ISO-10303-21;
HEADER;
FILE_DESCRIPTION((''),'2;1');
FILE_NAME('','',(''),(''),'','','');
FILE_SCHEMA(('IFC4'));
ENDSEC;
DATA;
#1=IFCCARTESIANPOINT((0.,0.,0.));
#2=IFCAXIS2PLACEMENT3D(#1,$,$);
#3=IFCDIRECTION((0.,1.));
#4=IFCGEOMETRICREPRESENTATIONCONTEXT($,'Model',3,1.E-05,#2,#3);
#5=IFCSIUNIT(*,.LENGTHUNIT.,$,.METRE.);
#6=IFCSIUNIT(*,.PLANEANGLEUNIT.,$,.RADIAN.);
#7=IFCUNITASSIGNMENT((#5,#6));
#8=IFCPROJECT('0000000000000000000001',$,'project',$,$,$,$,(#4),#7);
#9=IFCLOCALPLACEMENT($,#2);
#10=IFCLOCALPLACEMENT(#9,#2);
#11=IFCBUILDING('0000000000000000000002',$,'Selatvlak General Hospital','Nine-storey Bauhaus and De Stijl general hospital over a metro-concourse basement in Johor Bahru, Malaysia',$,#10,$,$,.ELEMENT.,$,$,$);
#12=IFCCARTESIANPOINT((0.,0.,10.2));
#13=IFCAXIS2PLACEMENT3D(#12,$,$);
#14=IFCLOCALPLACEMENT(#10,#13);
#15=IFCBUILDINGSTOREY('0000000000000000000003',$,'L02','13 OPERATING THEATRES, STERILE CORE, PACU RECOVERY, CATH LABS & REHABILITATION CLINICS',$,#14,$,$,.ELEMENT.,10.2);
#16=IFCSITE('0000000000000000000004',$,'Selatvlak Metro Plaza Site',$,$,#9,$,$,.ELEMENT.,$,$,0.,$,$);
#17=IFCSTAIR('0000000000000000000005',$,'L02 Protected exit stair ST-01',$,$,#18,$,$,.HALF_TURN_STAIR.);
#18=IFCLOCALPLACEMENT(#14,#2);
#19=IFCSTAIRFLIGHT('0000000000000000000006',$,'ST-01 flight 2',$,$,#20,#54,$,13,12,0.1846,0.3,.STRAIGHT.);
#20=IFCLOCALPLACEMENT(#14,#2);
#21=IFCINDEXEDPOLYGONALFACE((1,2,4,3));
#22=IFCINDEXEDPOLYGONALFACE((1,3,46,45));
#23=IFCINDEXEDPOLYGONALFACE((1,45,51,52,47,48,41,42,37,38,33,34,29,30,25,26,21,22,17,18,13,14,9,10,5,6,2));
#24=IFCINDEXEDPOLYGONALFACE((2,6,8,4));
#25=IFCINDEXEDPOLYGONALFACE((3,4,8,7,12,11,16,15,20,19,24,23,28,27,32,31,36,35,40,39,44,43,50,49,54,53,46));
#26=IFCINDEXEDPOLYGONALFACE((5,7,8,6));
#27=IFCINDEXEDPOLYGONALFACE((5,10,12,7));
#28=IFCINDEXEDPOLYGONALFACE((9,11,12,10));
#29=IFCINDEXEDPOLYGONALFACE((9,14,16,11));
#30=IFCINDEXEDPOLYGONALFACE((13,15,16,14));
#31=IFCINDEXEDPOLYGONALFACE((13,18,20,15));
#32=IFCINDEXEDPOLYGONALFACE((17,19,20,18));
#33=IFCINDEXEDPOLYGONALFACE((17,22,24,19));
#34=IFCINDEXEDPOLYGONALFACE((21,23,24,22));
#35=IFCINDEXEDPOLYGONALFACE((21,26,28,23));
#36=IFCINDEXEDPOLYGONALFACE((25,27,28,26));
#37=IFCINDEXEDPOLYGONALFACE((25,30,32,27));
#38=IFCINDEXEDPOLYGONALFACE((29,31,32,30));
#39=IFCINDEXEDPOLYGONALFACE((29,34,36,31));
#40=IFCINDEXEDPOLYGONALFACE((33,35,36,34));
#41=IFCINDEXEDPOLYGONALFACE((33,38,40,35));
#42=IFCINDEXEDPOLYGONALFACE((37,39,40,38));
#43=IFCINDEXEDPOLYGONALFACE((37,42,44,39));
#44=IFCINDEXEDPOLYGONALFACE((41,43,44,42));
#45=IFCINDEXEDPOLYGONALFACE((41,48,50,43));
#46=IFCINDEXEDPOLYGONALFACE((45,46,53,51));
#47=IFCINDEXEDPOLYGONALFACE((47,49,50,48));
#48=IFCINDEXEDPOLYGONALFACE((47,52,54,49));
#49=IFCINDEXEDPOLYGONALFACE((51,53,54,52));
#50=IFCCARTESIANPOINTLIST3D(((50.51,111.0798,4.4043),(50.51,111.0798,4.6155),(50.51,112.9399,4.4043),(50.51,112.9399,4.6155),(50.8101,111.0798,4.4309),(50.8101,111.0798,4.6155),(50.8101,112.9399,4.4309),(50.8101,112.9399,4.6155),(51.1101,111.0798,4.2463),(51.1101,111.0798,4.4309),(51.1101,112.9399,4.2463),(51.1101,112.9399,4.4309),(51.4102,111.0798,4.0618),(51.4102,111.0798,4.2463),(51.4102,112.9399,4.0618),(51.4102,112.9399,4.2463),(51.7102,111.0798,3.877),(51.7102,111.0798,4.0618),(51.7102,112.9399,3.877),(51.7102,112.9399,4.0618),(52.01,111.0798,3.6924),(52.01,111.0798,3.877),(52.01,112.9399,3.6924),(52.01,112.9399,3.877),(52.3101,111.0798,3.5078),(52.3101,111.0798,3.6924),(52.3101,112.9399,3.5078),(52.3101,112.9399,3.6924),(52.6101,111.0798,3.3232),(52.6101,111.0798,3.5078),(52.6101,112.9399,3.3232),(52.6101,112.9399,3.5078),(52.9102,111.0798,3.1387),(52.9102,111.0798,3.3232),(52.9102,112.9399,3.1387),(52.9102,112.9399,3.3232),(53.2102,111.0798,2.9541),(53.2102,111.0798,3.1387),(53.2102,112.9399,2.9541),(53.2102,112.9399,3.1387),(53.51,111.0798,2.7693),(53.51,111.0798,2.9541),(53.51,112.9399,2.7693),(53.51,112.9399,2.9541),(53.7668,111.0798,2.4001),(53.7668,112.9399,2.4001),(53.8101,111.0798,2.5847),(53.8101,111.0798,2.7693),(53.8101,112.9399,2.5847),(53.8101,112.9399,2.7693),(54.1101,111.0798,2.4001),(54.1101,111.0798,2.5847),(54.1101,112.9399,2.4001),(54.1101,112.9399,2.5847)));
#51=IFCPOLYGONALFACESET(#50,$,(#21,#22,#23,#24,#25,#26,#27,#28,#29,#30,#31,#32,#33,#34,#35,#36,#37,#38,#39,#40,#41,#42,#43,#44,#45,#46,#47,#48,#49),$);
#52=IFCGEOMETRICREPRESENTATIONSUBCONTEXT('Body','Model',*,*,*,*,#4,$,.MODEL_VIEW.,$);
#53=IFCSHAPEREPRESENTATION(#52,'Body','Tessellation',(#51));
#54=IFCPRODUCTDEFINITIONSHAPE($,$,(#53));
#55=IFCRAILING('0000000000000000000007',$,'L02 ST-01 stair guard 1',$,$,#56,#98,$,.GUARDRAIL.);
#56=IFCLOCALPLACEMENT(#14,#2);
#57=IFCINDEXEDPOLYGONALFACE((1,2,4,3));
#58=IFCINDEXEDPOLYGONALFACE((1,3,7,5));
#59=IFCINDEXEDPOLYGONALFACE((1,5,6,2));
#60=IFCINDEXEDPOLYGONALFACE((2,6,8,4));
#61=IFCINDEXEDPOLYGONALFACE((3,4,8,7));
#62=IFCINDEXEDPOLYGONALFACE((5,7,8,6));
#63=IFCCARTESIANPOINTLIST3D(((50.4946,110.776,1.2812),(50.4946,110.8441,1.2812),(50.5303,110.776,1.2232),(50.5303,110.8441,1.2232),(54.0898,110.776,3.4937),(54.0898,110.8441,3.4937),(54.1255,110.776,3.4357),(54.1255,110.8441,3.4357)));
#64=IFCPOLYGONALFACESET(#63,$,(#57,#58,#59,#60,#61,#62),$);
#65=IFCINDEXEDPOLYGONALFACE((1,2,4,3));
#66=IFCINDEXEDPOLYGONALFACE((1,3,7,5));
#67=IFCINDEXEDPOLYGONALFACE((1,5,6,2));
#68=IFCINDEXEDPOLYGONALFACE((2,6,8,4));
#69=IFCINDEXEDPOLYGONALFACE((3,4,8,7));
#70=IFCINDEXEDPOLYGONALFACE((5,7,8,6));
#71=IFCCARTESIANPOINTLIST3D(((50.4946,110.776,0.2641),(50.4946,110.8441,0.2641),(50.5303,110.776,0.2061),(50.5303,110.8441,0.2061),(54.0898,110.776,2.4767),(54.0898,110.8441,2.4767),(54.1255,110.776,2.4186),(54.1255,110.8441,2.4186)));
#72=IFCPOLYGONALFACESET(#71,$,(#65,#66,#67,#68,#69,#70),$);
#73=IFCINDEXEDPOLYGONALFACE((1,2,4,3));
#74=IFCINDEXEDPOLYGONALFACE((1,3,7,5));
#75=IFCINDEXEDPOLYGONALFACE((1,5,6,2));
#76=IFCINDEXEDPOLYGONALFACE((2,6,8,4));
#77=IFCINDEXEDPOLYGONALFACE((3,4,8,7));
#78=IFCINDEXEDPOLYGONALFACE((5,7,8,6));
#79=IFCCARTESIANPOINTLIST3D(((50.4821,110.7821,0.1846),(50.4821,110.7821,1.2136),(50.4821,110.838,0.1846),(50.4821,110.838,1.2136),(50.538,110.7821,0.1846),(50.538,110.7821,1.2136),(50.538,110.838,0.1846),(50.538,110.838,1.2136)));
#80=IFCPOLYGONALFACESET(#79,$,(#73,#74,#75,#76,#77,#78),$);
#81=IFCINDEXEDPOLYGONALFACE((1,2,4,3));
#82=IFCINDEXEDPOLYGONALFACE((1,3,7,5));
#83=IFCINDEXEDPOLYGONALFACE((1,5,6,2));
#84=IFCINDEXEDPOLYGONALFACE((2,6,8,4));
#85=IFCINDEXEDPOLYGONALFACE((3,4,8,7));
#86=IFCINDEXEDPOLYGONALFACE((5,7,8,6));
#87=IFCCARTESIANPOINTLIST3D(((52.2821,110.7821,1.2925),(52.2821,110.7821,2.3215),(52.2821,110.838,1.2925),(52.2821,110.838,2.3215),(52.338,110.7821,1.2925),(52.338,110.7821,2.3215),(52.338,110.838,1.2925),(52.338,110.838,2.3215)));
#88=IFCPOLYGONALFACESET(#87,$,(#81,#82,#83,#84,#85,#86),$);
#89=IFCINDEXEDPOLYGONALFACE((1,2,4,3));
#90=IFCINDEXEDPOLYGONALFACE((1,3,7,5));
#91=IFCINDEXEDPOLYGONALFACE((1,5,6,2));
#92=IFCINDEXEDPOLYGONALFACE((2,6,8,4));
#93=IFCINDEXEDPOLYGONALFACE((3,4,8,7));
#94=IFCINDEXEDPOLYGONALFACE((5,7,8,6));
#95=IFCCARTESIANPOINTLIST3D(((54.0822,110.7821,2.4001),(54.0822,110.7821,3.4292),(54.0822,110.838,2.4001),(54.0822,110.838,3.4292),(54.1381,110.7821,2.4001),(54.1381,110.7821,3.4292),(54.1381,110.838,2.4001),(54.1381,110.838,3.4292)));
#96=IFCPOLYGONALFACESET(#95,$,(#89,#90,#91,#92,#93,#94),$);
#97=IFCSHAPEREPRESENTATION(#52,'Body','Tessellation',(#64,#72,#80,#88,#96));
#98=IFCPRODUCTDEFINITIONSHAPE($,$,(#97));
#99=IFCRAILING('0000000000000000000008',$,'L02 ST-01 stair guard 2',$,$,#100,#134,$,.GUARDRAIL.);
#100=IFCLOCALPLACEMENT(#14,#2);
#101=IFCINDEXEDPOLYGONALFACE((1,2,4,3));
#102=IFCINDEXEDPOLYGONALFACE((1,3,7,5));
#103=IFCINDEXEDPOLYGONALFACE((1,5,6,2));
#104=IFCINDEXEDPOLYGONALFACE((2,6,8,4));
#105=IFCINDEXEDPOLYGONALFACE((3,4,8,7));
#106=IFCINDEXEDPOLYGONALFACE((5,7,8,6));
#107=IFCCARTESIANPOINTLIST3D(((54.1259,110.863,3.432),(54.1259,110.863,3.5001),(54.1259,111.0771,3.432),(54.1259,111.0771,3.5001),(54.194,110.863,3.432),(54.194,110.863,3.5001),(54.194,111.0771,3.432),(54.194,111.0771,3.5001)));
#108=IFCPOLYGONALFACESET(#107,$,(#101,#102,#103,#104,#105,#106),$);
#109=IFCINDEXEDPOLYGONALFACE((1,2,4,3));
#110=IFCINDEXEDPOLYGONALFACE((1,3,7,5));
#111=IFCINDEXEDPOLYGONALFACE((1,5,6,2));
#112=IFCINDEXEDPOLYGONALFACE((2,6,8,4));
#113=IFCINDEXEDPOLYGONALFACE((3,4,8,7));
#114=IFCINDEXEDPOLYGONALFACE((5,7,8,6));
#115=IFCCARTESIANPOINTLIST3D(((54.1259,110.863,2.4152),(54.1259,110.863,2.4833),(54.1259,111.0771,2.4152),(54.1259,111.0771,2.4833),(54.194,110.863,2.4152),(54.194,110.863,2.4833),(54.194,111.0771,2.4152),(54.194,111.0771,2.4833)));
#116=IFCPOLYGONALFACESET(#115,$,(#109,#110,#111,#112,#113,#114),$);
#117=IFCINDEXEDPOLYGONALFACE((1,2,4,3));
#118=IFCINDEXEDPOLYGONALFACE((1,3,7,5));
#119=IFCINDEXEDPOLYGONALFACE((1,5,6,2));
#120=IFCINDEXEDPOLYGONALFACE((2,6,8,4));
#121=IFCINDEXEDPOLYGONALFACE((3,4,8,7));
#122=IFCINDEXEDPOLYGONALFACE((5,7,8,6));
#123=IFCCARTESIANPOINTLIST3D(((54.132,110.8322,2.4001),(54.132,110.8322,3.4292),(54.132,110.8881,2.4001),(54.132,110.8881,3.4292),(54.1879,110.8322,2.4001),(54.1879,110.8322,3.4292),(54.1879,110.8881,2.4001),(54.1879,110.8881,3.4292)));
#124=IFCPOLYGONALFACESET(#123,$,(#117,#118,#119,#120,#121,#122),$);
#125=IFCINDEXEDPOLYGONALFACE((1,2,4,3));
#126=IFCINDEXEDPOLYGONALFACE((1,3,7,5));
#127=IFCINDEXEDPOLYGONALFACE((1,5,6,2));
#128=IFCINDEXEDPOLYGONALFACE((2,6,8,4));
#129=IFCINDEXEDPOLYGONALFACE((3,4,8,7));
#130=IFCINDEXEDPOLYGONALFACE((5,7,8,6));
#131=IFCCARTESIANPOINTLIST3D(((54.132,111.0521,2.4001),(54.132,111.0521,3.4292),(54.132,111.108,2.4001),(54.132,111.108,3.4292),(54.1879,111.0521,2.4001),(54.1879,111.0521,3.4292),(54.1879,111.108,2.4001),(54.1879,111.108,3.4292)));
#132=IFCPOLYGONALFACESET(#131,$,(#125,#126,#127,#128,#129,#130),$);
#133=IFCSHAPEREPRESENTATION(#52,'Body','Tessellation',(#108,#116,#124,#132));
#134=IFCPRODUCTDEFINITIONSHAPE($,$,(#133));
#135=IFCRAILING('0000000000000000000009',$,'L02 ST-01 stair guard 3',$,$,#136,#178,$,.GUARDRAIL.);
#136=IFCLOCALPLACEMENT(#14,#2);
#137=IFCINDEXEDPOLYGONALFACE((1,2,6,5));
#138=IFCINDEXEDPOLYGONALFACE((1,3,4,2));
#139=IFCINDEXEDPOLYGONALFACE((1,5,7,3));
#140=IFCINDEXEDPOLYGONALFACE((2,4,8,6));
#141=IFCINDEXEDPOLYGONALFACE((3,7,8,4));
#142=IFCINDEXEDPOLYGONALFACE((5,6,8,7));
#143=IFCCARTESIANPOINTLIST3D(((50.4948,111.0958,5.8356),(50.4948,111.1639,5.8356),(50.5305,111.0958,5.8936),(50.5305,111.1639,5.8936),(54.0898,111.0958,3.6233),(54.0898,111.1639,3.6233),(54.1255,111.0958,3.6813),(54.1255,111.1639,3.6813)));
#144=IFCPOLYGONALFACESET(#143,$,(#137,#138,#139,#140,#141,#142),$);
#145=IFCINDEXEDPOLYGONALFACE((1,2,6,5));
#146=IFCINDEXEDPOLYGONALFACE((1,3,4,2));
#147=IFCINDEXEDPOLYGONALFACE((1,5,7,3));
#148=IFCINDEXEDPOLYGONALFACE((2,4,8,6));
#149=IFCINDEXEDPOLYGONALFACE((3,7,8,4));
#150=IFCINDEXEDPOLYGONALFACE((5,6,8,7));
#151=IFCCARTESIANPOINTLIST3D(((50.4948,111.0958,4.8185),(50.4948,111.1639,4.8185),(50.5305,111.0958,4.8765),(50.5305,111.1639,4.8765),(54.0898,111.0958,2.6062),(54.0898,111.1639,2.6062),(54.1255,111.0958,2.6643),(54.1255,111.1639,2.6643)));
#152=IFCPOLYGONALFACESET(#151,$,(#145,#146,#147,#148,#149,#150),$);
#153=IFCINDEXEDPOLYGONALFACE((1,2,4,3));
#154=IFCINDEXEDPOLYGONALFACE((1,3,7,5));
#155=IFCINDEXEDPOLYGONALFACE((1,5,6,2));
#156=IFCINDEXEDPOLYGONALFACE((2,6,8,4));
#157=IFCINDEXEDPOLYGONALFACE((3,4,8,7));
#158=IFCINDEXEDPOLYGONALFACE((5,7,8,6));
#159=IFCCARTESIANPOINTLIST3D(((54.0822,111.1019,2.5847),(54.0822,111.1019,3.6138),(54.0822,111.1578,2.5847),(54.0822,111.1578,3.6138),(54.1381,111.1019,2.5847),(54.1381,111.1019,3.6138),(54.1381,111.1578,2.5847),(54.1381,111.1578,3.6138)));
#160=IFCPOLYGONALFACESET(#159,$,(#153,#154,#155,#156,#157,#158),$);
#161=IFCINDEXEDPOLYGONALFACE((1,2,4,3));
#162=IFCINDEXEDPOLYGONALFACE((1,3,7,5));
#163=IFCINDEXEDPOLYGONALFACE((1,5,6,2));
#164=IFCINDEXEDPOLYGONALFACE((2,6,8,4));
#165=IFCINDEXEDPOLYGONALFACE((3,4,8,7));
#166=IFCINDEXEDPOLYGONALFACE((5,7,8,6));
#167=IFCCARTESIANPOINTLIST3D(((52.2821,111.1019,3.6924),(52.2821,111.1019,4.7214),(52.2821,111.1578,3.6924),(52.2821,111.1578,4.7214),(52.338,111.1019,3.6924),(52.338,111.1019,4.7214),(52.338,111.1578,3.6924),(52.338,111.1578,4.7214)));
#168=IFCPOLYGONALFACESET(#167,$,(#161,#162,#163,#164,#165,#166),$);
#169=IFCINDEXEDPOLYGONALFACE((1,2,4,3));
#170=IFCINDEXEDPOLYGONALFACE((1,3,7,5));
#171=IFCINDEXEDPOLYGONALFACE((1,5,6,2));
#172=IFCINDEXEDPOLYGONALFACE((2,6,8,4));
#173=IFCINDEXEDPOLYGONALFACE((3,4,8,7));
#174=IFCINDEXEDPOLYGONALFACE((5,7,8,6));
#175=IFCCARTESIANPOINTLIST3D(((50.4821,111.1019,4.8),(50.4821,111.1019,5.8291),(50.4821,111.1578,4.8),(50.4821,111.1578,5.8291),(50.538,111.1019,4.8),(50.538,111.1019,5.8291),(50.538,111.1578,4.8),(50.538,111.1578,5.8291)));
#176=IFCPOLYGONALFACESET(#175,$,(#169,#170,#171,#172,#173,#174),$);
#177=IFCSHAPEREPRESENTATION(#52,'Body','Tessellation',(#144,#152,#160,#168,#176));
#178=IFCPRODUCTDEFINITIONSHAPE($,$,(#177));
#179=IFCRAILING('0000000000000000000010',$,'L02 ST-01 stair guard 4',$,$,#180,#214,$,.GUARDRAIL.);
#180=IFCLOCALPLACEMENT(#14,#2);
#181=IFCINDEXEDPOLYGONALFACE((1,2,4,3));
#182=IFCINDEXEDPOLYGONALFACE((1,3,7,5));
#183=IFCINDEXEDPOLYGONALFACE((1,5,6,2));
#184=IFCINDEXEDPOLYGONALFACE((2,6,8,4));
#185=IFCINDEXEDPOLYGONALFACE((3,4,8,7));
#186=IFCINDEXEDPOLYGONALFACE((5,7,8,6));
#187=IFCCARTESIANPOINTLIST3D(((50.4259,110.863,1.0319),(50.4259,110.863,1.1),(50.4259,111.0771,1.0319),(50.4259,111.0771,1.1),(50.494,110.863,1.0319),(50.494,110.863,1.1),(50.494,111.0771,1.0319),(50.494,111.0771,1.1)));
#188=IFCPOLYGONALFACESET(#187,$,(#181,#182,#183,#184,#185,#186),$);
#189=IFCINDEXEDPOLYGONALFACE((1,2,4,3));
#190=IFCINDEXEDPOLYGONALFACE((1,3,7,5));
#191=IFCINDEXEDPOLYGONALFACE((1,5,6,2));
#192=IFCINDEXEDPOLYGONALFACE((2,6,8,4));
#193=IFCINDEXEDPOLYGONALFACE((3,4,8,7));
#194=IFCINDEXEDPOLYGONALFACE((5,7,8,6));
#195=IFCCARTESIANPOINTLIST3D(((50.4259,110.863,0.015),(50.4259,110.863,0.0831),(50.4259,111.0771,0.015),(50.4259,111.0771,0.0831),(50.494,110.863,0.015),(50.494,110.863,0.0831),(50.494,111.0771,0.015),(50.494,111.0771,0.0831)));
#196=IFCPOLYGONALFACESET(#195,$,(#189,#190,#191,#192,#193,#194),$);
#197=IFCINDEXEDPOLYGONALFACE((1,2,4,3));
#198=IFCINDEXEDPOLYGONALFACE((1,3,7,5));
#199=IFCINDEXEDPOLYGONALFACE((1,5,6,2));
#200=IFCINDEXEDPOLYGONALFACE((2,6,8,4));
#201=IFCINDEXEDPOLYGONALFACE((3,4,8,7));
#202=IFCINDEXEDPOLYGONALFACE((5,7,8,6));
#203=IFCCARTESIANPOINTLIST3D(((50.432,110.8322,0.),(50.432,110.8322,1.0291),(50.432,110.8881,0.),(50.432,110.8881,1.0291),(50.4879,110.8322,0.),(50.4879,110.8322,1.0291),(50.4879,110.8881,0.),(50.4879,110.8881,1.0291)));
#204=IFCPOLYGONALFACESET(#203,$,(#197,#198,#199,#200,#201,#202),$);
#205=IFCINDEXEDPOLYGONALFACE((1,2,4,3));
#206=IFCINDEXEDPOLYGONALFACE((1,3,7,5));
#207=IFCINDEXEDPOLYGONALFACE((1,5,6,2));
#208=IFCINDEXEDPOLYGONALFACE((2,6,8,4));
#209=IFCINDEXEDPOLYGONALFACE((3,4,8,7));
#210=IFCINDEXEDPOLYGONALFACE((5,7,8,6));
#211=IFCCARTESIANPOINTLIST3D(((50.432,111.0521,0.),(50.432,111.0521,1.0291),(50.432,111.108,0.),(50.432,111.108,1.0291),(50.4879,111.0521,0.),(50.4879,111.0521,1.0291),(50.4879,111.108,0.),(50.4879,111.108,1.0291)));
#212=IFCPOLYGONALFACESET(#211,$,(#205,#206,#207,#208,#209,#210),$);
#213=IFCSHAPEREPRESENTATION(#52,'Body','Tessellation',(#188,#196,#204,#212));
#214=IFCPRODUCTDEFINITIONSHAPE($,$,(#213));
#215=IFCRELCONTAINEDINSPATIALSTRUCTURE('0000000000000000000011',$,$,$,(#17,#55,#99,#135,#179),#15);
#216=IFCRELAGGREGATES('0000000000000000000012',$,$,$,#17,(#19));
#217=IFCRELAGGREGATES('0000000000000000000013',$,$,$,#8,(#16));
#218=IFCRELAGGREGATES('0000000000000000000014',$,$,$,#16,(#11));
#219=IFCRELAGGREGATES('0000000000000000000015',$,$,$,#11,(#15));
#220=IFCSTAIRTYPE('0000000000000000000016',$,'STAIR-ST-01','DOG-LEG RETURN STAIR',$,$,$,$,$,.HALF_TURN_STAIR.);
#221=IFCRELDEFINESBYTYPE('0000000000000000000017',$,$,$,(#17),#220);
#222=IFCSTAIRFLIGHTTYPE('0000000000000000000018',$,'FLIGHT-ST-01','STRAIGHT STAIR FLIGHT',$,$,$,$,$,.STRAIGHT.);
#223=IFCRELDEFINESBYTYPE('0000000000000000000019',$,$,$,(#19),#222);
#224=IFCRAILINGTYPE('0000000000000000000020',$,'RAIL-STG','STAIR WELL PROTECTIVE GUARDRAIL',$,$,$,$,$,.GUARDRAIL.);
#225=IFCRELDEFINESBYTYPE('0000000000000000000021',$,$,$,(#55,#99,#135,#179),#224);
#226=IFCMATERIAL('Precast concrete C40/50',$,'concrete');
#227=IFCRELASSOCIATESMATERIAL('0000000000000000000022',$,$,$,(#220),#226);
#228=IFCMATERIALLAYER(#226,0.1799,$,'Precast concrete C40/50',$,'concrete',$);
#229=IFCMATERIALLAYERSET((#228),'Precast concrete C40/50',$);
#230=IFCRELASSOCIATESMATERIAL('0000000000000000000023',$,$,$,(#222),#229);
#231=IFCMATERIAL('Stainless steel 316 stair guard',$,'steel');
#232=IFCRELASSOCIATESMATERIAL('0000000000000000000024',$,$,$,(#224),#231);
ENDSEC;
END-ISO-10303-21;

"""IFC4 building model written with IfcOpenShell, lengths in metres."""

from ifc_helpers import new_model, si_unit, direction, frame, origin, origin_2d, place, context, subcontext, project, spatial, polyline, rectangle, outline, extrude, material, layer, layer_set, type_object, element, aggregate, save


model = new_model("IFC4")

# Units and contexts
model_context = context("Model", 3, precision=1e-05, world=origin(), true_north=direction((0.0, 1.0)))
body_context = subcontext(model_context, "Body", "Model", "MODEL_VIEW")
ifc_project = project(units=[si_unit("LENGTHUNIT", "METRE"), si_unit("PLANEANGLEUNIT", "RADIAN")], contexts=[model_context])

# Site, building, storey
site_placement = place(None, origin())
site = spatial("IfcSite", under=ifc_project, at=site_placement, Name="Selatvlak Metro Plaza Site", CompositionType="ELEMENT", RefElevation=0.0)
building_placement = place(site_placement, origin())
building = spatial("IfcBuilding", under=site, at=building_placement, Name="Selatvlak General Hospital", Description="Nine-storey Bauhaus and De Stijl general hospital over a metro-concourse basement in Johor Bahru, Malaysia", CompositionType="ELEMENT")
storey_placement = place(building_placement, frame((0.0, 0.0, 10.2)))
storey = spatial("IfcBuildingStorey", under=building, at=storey_placement, Name="L02", Description="13 OPERATING THEATRES, STERILE CORE, PACU RECOVERY, CATH LABS & REHABILITATION CLINICS", CompositionType="ELEMENT", Elevation=10.2)

# Stair, stair flight
ifc_material_1 = material(Name="Precast concrete C40/50", Category="concrete")
stair_type = type_object("IfcStairType", Name="STAIR-ST-01", Description="DOG-LEG RETURN STAIR", PredefinedType="HALF_TURN_STAIR", material=ifc_material_1)
stair_placement = place(storey_placement, origin())
stair = element("IfcStair", 1, at=stair_placement, inside=storey, type_object=stair_type, Name="L02 Protected exit stair ST-01", PredefinedType="HALF_TURN_STAIR")
ifc_layer_1 = layer(ifc_material_1, 0.1799, Name="Precast concrete C40/50", Category="concrete")
ifc_layer_set_1 = layer_set([ifc_layer_1], Name="Precast concrete C40/50")
stair_flight_type = type_object("IfcStairFlightType", Name="FLIGHT-ST-01", Description="STRAIGHT STAIR FLIGHT", PredefinedType="STRAIGHT", material=ifc_layer_set_1)
stair_flight_1_placement = place(storey_placement, frame((54.1101, 112.01, 2.4001), z_axis=(0.0, 0.0, 1.0), x_axis=(-1.0, 0.0, 0.0)))
stair_flight_1 = element("IfcStairFlight", 2, at=stair_flight_1_placement, type_object=stair_flight_type, Name="ST-01 flight 2", NumberOfRisers=13, NumberOfTreads=12, PredefinedType="STRAIGHT", RiserHeight=0.1846, TreadLength=0.3, context=body_context, shape_type="SweptSolid", body=[
    extrude(outline(polyline([(0.0, 0.0), (0.0, 0.1846), (0.3, 0.1846), (0.3, 0.3691), (0.6001, 0.3691), (0.6001, 0.554), (0.8999, 0.554), (0.8999, 0.7385), (1.2, 0.7385), (1.2, 0.9231), (1.5, 0.9231), (1.5, 1.1077), (1.8, 1.1077), (1.8, 1.2922), (2.1001, 1.2922), (2.1001, 1.4768), (2.3999, 1.4768), (2.3999, 1.6616), (2.7, 1.6616), (2.7, 1.8462), (3.0, 1.8462), (3.0, 2.0308), (3.3, 2.0308), (3.3, 2.2153), (3.6001, 2.2153), (3.6001, 2.3999), (3.6001, 2.0042), (0.3433, 0.0), (0.0, 0.0)])), frame((0.0, 0.9302, 0.0), z_axis=(0.0, -1.0, 0.0), x_axis=(1.0, 0.0, 0.0)), (0.0, 0.0, 1.0), 1.8601),
])
aggregate(stair, [stair_flight_1])

# Railings
ifc_material_2 = material(Name="Stainless steel 316 stair guard", Category="steel")
railing_type_1 = type_object("IfcRailingType", Name="RAIL-STG", Description="STAIR WELL PROTECTIVE GUARDRAIL", PredefinedType="GUARDRAIL", material=ifc_material_2)
railing_1_placement = place(storey_placement, frame((50.51, 110.8101, 0.1846)))
element("IfcRailing", 3, at=railing_1_placement, inside=storey, type_object=railing_type_1, Name="L02 ST-01 stair guard 1", PredefinedType="GUARDRAIL", context=body_context, shape_type="SweptSolid", body=[
    extrude(rectangle(XDim=0.0681, YDim=0.0681, at=origin_2d()), frame((0.0024, 0.0, 1.0676), z_axis=(0.851644, 0.0, 0.52412), x_axis=(0.0, 1.0, 0.0)), (0.0, 0.0, 1.0), 4.2214),
    extrude(rectangle(XDim=0.0681, YDim=0.0681, at=origin_2d()), frame((0.0024, 0.0, 0.0505), z_axis=(0.851644, 0.0, 0.52412), x_axis=(0.0, 1.0, 0.0)), (0.0, 0.0, 1.0), 4.2214),
    extrude(rectangle(XDim=0.0559, YDim=0.0559, at=origin_2d()), origin(), (0.0, 0.0, 1.0), 1.0291),
    extrude(rectangle(XDim=0.0559, YDim=0.0559, at=origin_2d()), frame((1.8, 0.0, 1.1079)), (0.0, 0.0, 1.0), 1.0291),
    extrude(rectangle(XDim=0.0559, YDim=0.0559, at=origin_2d()), frame((3.6001, 0.0, 2.2156)), (0.0, 0.0, 1.0), 1.0291),
])
railing_2_placement = place(storey_placement, frame((54.1599, 110.8601, 2.4001)))
element("IfcRailing", 4, at=railing_2_placement, inside=storey, type_object=railing_type_1, Name="L02 ST-01 stair guard 2", PredefinedType="GUARDRAIL", context=body_context, shape_type="SweptSolid", body=[
    extrude(rectangle(XDim=0.0681, YDim=0.0681, at=origin_2d()), frame((0.0, 0.0029, 1.0659), z_axis=(0.0, 1.0, 0.0), x_axis=(-1.0, 0.0, 0.0)), (0.0, 0.0, 1.0), 0.2141),
    extrude(rectangle(XDim=0.0681, YDim=0.0681, at=origin_2d()), frame((0.0, 0.0029, 0.0491), z_axis=(0.0, 1.0, 0.0), x_axis=(-1.0, 0.0, 0.0)), (0.0, 0.0, 1.0), 0.2141),
    extrude(rectangle(XDim=0.0559, YDim=0.0559, at=origin_2d()), origin(), (0.0, 0.0, 1.0), 1.0291),
    extrude(rectangle(XDim=0.0559, YDim=0.0559, at=origin_2d()), frame((0.0, 0.22, 0.0)), (0.0, 0.0, 1.0), 1.0291),
])
railing_3_placement = place(storey_placement, frame((54.1101, 111.1299, 2.5847)))
element("IfcRailing", 5, at=railing_3_placement, inside=storey, type_object=railing_type_1, Name="L02 ST-01 stair guard 3", PredefinedType="GUARDRAIL", context=body_context, shape_type="SweptSolid", body=[
    extrude(rectangle(XDim=0.0681, YDim=0.0681, at=origin_2d()), frame((-0.0024, 0.0, 1.0676), z_axis=(-0.85167, 0.0, 0.524078), x_axis=(0.0, -1.0, 0.0)), (0.0, 0.0, 1.0), 4.2212),
    extrude(rectangle(XDim=0.0681, YDim=0.0681, at=origin_2d()), frame((-0.0024, 0.0, 0.0505), z_axis=(-0.85167, 0.0, 0.524078), x_axis=(0.0, -1.0, 0.0)), (0.0, 0.0, 1.0), 4.2212),
    extrude(rectangle(XDim=0.0559, YDim=0.0559, at=origin_2d()), origin(), (0.0, 0.0, 1.0), 1.0291),
    extrude(rectangle(XDim=0.0559, YDim=0.0559, at=origin_2d()), frame((-1.8, 0.0, 1.1077)), (0.0, 0.0, 1.0), 1.0291),
    extrude(rectangle(XDim=0.0559, YDim=0.0559, at=origin_2d()), frame((-3.6001, 0.0, 2.2153)), (0.0, 0.0, 1.0), 1.0291),
])
railing_4_placement = place(storey_placement, frame((50.46, 110.8601, 0.0)))
element("IfcRailing", 6, at=railing_4_placement, inside=storey, type_object=railing_type_1, Name="L02 ST-01 stair guard 4", PredefinedType="GUARDRAIL", context=body_context, shape_type="SweptSolid", body=[
    extrude(rectangle(XDim=0.0681, YDim=0.0681, at=origin_2d()), frame((0.0, 0.0029, 1.0659), z_axis=(0.0, 1.0, 0.0), x_axis=(-1.0, 0.0, 0.0)), (0.0, 0.0, 1.0), 0.2141),
    extrude(rectangle(XDim=0.0681, YDim=0.0681, at=origin_2d()), frame((0.0, 0.0029, 0.0491), z_axis=(0.0, 1.0, 0.0), x_axis=(-1.0, 0.0, 0.0)), (0.0, 0.0, 1.0), 0.2141),
    extrude(rectangle(XDim=0.0559, YDim=0.0559, at=origin_2d()), origin(), (0.0, 0.0, 1.0), 1.0291),
    extrude(rectangle(XDim=0.0559, YDim=0.0559, at=origin_2d()), frame((0.0, 0.22, 0.0)), (0.0, 0.0, 1.0), 1.0291),
])

save(model, "model.ifc")
